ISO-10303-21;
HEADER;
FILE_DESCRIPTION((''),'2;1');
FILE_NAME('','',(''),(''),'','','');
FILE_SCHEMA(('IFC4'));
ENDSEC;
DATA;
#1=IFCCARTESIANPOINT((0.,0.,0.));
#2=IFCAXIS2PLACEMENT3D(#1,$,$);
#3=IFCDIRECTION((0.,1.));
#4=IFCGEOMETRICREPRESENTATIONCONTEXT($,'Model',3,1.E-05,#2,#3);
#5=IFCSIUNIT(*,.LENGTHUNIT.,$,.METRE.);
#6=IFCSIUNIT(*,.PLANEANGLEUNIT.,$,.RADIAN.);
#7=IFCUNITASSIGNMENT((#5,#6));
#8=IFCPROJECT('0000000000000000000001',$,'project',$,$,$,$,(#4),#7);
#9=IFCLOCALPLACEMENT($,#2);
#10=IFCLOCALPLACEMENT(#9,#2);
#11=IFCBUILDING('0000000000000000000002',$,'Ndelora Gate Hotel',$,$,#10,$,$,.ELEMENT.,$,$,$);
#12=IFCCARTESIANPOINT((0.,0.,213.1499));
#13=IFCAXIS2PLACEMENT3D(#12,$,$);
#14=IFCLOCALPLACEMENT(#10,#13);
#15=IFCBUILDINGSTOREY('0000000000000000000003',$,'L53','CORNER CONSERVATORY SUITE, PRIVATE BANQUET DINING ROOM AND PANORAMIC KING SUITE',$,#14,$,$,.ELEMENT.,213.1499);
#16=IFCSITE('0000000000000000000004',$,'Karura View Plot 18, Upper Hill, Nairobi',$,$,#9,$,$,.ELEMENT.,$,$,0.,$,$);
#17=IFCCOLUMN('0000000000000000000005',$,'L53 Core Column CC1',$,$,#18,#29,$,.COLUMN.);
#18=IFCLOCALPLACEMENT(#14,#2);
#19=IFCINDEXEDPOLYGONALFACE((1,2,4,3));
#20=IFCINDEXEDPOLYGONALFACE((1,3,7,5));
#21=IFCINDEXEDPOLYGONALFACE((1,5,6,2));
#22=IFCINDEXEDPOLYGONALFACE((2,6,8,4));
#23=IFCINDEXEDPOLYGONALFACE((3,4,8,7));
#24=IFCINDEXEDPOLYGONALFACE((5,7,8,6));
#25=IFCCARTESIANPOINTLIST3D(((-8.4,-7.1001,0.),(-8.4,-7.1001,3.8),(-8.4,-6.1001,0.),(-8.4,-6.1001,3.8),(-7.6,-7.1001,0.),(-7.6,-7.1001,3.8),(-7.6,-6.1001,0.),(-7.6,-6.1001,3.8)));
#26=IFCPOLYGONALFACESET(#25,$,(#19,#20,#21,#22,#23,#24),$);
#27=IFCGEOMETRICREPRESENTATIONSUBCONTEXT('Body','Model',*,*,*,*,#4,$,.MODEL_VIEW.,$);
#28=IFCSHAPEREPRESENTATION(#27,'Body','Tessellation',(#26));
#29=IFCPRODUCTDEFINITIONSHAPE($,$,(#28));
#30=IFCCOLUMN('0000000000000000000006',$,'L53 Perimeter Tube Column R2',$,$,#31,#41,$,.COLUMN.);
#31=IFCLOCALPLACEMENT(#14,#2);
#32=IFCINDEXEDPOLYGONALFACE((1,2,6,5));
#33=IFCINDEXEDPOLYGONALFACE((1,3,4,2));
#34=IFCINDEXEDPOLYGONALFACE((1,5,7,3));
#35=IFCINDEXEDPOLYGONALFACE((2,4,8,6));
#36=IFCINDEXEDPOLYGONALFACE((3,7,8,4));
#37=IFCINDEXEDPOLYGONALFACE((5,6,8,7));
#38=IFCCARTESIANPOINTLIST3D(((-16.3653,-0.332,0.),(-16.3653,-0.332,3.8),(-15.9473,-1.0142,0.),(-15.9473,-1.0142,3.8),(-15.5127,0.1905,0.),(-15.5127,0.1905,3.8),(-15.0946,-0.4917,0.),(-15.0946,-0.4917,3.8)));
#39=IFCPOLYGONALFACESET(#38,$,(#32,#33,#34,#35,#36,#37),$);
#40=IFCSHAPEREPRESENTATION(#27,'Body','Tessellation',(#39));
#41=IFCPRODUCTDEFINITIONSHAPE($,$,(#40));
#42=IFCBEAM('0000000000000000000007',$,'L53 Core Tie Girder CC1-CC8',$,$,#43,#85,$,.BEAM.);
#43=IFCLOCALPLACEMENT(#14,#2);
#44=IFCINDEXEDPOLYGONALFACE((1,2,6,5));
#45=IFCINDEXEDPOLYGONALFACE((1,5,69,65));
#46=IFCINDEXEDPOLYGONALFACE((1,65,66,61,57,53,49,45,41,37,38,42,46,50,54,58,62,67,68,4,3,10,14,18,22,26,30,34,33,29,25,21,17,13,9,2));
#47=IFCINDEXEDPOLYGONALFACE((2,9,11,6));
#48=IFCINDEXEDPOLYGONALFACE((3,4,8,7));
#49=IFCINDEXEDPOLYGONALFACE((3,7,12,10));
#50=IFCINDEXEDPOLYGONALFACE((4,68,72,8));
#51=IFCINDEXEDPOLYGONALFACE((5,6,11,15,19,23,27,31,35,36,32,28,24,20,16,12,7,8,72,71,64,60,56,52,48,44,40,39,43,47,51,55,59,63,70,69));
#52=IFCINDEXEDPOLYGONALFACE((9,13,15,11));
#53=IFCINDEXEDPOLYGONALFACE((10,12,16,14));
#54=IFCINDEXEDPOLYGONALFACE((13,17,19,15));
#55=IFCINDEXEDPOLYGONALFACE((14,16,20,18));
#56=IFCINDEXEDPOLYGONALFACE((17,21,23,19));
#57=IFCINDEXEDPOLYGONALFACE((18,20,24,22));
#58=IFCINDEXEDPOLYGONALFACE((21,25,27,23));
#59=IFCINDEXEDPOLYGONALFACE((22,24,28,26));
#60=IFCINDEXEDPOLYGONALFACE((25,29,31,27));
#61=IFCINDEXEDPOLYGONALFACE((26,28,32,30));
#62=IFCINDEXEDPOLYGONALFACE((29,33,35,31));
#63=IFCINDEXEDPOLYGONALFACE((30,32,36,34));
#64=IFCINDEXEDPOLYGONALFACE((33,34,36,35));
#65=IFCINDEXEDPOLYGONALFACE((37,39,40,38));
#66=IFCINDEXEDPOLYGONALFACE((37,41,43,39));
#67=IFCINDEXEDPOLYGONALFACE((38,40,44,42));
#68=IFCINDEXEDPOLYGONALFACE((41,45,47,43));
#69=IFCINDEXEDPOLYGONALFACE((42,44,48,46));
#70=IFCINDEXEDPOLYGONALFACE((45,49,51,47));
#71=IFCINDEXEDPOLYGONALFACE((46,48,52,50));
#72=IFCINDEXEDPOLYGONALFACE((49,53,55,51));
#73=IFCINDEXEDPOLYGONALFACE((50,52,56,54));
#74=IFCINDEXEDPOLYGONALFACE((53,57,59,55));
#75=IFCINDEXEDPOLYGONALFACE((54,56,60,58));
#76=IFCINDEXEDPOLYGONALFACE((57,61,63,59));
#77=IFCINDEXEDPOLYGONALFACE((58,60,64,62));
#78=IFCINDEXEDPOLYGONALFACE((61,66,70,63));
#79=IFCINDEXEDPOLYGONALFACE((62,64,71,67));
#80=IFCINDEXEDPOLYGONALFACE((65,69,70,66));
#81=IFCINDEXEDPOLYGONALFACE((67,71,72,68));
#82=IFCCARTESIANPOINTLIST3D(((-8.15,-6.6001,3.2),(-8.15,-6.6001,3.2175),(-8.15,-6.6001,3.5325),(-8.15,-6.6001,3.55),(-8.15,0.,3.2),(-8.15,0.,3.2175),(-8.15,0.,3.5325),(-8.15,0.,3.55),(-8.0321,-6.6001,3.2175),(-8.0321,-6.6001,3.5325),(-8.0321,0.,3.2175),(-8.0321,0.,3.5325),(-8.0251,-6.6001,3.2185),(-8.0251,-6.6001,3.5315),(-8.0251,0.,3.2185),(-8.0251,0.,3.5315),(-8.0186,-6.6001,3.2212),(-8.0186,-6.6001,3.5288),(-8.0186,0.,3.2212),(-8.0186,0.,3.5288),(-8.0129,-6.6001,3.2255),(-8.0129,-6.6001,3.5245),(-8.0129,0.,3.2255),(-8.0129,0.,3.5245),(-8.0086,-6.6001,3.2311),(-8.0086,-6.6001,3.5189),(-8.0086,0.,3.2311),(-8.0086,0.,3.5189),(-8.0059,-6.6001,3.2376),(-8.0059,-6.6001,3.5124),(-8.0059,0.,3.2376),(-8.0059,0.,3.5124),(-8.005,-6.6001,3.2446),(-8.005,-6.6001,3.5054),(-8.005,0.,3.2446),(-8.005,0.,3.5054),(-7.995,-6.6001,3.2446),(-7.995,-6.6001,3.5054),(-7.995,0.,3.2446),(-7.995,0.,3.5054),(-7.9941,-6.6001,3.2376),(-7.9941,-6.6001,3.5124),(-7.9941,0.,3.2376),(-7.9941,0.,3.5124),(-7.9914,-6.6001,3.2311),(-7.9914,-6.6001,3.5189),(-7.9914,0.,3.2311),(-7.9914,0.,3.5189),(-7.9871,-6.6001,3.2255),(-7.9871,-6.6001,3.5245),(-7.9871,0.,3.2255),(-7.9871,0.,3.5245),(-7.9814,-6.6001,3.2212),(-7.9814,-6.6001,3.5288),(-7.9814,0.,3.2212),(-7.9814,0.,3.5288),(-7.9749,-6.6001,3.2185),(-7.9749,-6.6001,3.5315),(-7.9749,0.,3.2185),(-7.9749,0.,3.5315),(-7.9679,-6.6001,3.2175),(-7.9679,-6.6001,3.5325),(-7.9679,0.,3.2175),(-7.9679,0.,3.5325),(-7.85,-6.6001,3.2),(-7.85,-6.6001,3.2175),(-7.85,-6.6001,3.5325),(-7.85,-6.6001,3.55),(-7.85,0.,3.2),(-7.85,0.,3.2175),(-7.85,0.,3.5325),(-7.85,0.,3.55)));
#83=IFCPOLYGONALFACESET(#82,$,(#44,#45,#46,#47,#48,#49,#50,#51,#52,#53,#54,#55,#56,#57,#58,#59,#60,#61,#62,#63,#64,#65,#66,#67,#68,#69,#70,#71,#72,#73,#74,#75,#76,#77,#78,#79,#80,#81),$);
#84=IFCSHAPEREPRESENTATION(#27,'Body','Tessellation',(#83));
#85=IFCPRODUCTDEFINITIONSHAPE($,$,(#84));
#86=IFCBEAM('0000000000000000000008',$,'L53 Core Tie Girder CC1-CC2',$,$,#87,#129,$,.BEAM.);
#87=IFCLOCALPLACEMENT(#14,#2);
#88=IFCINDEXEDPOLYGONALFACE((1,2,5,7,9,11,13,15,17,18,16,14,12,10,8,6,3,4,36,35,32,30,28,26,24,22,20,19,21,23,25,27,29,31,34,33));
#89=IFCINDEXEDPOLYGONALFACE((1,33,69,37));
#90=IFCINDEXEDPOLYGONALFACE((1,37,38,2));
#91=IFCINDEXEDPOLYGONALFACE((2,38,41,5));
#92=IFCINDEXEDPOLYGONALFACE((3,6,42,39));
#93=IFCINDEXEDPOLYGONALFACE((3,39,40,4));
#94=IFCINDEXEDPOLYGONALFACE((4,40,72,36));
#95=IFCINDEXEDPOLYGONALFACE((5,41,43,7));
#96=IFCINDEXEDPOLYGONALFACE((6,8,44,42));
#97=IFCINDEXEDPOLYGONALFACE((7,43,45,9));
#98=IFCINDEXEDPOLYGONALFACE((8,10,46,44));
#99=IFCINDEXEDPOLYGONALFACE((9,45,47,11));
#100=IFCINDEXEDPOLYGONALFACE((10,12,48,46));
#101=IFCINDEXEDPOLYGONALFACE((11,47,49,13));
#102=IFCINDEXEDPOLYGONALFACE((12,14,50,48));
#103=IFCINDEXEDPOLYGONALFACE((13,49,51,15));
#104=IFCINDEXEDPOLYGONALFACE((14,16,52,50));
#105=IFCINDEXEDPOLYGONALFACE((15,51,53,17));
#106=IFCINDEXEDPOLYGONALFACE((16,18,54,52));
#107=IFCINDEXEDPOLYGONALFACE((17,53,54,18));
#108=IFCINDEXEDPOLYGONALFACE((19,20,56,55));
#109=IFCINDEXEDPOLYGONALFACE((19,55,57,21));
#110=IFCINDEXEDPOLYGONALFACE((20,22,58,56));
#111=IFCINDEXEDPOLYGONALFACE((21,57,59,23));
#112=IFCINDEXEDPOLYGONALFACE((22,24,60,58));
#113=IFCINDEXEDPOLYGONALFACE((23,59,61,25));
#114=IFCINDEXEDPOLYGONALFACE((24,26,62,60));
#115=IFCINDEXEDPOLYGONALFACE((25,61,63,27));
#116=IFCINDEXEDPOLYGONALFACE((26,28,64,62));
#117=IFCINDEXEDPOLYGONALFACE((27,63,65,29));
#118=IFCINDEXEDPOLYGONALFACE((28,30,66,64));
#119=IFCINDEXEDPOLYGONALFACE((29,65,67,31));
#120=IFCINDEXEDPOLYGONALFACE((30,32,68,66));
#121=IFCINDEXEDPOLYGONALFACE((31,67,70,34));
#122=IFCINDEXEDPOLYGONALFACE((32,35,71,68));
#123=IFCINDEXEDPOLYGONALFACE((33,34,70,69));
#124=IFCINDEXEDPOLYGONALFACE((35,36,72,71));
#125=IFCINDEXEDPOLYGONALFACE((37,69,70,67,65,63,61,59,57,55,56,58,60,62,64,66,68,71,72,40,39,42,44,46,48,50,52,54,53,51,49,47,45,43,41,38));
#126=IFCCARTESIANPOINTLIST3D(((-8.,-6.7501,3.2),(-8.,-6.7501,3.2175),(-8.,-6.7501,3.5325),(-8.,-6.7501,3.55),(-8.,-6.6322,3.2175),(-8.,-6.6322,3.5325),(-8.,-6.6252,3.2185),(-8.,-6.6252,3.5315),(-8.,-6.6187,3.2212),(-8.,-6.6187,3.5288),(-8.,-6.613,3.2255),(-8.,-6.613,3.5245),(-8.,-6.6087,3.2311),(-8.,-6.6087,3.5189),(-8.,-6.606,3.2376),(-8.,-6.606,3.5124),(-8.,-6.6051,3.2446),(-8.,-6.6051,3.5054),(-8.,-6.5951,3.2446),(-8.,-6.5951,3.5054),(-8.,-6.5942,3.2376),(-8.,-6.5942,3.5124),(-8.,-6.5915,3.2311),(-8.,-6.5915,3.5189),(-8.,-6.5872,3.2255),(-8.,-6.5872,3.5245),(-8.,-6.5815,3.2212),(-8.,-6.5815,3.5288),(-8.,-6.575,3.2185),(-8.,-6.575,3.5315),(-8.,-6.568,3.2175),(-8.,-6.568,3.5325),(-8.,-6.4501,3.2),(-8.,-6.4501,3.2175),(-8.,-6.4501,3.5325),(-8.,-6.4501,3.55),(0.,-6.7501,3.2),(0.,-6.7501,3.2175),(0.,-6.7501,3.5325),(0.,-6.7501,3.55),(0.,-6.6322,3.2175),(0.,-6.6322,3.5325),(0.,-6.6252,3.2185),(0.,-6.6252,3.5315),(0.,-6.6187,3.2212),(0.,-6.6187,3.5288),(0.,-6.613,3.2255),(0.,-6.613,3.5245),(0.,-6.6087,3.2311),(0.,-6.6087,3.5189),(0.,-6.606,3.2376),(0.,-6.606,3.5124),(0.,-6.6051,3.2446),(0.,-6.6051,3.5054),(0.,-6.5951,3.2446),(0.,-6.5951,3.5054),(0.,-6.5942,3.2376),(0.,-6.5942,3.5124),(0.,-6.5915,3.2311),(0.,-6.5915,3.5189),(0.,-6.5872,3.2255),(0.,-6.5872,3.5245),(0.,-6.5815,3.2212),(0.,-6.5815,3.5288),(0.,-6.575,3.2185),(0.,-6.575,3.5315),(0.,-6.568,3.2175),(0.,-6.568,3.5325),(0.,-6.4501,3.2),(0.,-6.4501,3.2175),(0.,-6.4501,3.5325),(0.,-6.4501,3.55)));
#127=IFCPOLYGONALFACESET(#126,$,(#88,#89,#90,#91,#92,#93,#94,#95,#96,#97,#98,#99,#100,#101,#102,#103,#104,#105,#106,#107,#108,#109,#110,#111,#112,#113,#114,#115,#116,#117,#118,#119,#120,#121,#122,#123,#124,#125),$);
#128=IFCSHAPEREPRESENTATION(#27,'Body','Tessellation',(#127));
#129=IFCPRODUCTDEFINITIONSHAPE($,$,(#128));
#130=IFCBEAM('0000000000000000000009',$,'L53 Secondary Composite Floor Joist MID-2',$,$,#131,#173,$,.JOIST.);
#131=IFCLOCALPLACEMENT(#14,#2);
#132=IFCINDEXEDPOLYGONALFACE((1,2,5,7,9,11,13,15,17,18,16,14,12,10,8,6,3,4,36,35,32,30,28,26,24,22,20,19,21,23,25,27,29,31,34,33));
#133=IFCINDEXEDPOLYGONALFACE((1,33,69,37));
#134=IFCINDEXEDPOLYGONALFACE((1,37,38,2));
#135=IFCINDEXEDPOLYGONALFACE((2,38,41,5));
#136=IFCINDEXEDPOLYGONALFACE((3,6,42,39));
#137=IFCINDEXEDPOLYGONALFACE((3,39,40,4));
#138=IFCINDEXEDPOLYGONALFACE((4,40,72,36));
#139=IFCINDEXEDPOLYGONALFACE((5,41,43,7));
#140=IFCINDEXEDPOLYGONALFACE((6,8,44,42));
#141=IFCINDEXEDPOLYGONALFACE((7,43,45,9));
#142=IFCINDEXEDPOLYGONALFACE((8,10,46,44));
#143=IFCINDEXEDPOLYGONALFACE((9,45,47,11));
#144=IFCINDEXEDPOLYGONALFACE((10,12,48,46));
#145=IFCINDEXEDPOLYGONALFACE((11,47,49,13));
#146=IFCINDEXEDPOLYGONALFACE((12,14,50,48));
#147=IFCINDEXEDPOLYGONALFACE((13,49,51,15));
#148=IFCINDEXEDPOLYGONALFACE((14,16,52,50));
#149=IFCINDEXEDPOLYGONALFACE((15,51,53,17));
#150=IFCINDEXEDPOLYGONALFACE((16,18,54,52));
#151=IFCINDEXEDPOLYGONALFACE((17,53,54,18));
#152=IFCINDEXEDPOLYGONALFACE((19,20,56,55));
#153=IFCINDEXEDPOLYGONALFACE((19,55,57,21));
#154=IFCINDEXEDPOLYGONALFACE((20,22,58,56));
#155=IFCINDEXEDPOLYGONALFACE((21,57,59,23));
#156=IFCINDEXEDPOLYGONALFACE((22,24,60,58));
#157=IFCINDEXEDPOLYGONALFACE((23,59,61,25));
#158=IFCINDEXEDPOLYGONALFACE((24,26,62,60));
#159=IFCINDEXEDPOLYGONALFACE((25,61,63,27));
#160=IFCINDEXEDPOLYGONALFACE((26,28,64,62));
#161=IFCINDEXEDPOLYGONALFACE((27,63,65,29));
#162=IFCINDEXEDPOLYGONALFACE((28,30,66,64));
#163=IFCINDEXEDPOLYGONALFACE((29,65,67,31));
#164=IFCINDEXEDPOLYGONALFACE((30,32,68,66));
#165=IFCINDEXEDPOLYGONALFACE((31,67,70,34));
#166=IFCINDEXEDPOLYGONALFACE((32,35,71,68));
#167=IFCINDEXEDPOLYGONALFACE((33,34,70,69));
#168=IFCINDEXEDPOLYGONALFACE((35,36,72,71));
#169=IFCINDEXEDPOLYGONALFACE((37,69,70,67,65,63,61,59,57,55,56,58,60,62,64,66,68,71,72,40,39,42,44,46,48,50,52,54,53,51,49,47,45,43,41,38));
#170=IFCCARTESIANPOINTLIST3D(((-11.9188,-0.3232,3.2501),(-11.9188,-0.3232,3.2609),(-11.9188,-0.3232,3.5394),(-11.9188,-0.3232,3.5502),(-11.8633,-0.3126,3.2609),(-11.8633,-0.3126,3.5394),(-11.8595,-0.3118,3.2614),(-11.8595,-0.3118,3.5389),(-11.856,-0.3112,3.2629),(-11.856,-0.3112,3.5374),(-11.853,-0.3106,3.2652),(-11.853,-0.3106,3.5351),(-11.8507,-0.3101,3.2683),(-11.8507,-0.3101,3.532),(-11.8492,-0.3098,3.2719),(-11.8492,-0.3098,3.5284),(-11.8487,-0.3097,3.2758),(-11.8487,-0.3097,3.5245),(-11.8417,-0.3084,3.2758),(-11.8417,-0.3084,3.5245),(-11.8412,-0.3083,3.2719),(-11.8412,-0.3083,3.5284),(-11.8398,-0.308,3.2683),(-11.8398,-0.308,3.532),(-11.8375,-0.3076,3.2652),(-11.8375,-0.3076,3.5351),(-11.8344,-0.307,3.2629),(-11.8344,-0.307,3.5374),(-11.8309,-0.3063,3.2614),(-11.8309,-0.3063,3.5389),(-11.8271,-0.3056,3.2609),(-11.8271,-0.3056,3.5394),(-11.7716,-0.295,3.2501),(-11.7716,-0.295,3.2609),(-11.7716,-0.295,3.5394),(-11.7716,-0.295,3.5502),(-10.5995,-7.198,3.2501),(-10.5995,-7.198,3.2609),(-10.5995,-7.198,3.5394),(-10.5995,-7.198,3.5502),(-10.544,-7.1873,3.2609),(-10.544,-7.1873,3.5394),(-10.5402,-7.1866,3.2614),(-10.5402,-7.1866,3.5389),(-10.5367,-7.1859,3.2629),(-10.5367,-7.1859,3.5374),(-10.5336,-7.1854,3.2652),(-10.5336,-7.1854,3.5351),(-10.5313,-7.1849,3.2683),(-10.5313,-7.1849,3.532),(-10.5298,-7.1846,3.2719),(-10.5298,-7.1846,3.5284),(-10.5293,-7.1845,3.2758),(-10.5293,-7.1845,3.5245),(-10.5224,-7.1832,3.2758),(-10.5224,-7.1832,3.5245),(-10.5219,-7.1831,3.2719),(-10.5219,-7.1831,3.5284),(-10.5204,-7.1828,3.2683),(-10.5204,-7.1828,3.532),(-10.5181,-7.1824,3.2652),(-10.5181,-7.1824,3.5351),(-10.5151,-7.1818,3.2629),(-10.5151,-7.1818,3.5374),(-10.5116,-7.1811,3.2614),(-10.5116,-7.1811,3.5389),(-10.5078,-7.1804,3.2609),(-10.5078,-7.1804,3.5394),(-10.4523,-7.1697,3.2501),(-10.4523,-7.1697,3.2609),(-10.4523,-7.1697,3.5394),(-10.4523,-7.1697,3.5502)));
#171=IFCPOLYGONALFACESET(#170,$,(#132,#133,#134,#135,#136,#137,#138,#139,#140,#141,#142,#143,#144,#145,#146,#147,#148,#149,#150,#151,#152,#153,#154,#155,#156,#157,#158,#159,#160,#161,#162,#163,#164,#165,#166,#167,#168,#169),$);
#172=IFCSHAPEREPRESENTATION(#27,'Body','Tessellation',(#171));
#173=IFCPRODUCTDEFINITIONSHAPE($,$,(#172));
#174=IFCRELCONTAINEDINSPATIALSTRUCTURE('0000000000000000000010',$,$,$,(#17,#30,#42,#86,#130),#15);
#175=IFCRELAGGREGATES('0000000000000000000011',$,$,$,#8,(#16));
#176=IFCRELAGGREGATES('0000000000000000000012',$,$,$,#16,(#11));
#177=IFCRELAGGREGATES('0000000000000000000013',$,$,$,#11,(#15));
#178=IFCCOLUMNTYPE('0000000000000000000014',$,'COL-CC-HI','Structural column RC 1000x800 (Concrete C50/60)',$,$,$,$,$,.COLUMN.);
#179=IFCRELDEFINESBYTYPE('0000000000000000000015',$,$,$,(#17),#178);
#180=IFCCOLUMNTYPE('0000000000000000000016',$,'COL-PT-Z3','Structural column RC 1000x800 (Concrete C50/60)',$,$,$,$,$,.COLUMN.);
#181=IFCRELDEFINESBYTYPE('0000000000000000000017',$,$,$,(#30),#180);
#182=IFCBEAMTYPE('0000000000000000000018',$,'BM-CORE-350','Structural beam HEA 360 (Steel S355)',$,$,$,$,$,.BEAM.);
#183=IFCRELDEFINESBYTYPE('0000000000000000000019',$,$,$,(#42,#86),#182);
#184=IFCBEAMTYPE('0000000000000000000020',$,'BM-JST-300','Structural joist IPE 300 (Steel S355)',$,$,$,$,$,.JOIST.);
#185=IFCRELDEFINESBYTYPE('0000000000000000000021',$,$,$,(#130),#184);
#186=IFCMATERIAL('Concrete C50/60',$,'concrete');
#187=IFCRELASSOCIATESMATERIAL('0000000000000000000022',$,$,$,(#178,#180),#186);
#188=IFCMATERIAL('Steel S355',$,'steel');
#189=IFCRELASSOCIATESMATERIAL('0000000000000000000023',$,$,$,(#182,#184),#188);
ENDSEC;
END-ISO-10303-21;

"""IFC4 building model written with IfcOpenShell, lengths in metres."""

from ifc_helpers import new_model, si_unit, direction, frame, origin, origin_2d, place, context, subcontext, project, spatial, rectangle, i_section, extrude, material, material_profile, profile_set, type_object, element, save


model = new_model("IFC4")

# Units and contexts
model_context = context("Model", 3, precision=1e-05, world=origin(), true_north=direction((0.0, 1.0)))
body_context = subcontext(model_context, "Body", "Model", "MODEL_VIEW")
ifc_project = project(units=[si_unit("LENGTHUNIT", "METRE"), si_unit("PLANEANGLEUNIT", "RADIAN")], contexts=[model_context])

# Site, building, storey
site_placement = place(None, origin())
site = spatial("IfcSite", under=ifc_project, at=site_placement, Name="Karura View Plot 18, Upper Hill, Nairobi", CompositionType="ELEMENT", RefElevation=0.0)
building_placement = place(site_placement, origin())
building = spatial("IfcBuilding", under=site, at=building_placement, Name="Ndelora Gate Hotel", CompositionType="ELEMENT")
storey_placement = place(building_placement, frame((0.0, 0.0, 213.1499)))
storey = spatial("IfcBuildingStorey", under=building, at=storey_placement, Name="L53", Description="CORNER CONSERVATORY SUITE, PRIVATE BANQUET DINING ROOM AND PANORAMIC KING SUITE", CompositionType="ELEMENT", Elevation=213.1499)

# Columns
ifc_material_1 = material(Name="Concrete C50/60", Category="concrete")
ifc_material_profile_1 = material_profile(ifc_material_1, rectangle(XDim=0.8, YDim=1.0, at=origin_2d()), Name="RC 1000x800")
ifc_profile_set_1 = profile_set([ifc_material_profile_1], Name="Concrete C50/60")
column_type_1 = type_object("IfcColumnType", Name="COL-CC-HI", Description="Structural column RC 1000x800 (Concrete C50/60)", PredefinedType="COLUMN", material=ifc_profile_set_1)
column_1_placement = place(storey_placement, frame((-8.0, -6.6001, 0.0), z_axis=(0.0, 0.0, 1.0), x_axis=(1.0, 0.0, 0.0)))
element("IfcColumn", 1, at=column_1_placement, inside=storey, type_object=column_type_1, Name="L53 Core Column CC1", PredefinedType="COLUMN", context=body_context, shape_type="SweptSolid", body=[
    extrude(rectangle(XDim=0.8, YDim=1.0, at=origin_2d()), origin(), (0.0, 0.0, 1.0), 3.8),
])
ifc_material_profile_2 = material_profile(ifc_material_1, rectangle(XDim=0.8, YDim=1.0, at=origin_2d()), Name="RC 1000x800")
ifc_profile_set_2 = profile_set([ifc_material_profile_2], Name="Concrete C50/60")
column_type_2 = type_object("IfcColumnType", Name="COL-PT-Z3", Description="Structural column RC 1000x800 (Concrete C50/60)", PredefinedType="COLUMN", material=ifc_profile_set_2)
column_2_placement = place(storey_placement, frame((-15.73, -0.4119, 0.0), z_axis=(0.0, 0.0, 1.0), x_axis=(-0.522499, 0.85264, 0.0)))
element("IfcColumn", 2, at=column_2_placement, inside=storey, type_object=column_type_2, Name="L53 Perimeter Tube Column R2", PredefinedType="COLUMN", context=body_context, shape_type="SweptSolid", body=[
    extrude(rectangle(XDim=0.8, YDim=1.0, at=origin_2d()), origin(), (0.0, 0.0, 1.0), 3.8),
])

# Beams
ifc_material_2 = material(Name="Steel S355", Category="steel")
ifc_material_profile_3 = material_profile(ifc_material_2, i_section(OverallWidth=0.3, OverallDepth=0.3501, WebThickness=0.01, FlangeThickness=0.0176, FilletRadius=0.0271, at=origin_2d()), Name="HEA 360")
ifc_profile_set_3 = profile_set([ifc_material_profile_3], Name="Steel S355")
beam_type_1 = type_object("IfcBeamType", Name="BM-CORE-350", Description="Structural beam HEA 360 (Steel S355)", PredefinedType="BEAM", material=ifc_profile_set_3)
beam_1_placement = place(storey_placement, frame((-8.0, -6.6001, 3.375), z_axis=(0.0, 1.0, 0.0), x_axis=(-1.0, 0.0, 0.0)))
element("IfcBeam", 3, at=beam_1_placement, inside=storey, type_object=beam_type_1, Name="L53 Core Tie Girder CC1-CC8", PredefinedType="BEAM", context=body_context, shape_type="SweptSolid", body=[
    extrude(i_section(OverallWidth=0.3, OverallDepth=0.3501, WebThickness=0.01, FlangeThickness=0.0176, FilletRadius=0.0271, at=origin_2d()), origin(), (0.0, 0.0, 1.0), 6.6001),
])
beam_2_placement = place(storey_placement, frame((-8.0, -6.6001, 3.375), z_axis=(1.0, 0.0, 0.0), x_axis=(0.0, 1.0, 0.0)))
element("IfcBeam", 4, at=beam_2_placement, inside=storey, type_object=beam_type_1, Name="L53 Core Tie Girder CC1-CC2", PredefinedType="BEAM", context=body_context, shape_type="SweptSolid", body=[
    extrude(i_section(OverallWidth=0.3, OverallDepth=0.3501, WebThickness=0.01, FlangeThickness=0.0176, FilletRadius=0.0271, at=origin_2d()), origin(), (0.0, 0.0, 1.0), 8.0),
])
ifc_material_profile_4 = material_profile(ifc_material_2, i_section(OverallWidth=0.1499, OverallDepth=0.3, WebThickness=0.0071, FlangeThickness=0.0107, FilletRadius=0.0149, at=origin_2d()), Name="IPE 300")
ifc_profile_set_4 = profile_set([ifc_material_profile_4], Name="Steel S355")
beam_type_2 = type_object("IfcBeamType", Name="BM-JST-300", Description="Structural joist IPE 300 (Steel S355)", PredefinedType="JOIST", material=ifc_profile_set_4)
beam_3_placement = place(storey_placement, frame((-11.8452, -0.3091, 3.4001), z_axis=(0.188471, -0.982079, 0.0), x_axis=(0.982079, 0.188471, 0.0)))
element("IfcBeam", 5, at=beam_3_placement, inside=storey, type_object=beam_type_2, Name="L53 Secondary Composite Floor Joist MID-2", PredefinedType="JOIST", context=body_context, shape_type="SweptSolid", body=[
    extrude(i_section(OverallWidth=0.1499, OverallDepth=0.3, WebThickness=0.0071, FlangeThickness=0.0107, FilletRadius=0.0149, at=origin_2d()), origin(), (0.0, 0.0, 1.0), 7.0002),
])

save(model, "model.ifc")
